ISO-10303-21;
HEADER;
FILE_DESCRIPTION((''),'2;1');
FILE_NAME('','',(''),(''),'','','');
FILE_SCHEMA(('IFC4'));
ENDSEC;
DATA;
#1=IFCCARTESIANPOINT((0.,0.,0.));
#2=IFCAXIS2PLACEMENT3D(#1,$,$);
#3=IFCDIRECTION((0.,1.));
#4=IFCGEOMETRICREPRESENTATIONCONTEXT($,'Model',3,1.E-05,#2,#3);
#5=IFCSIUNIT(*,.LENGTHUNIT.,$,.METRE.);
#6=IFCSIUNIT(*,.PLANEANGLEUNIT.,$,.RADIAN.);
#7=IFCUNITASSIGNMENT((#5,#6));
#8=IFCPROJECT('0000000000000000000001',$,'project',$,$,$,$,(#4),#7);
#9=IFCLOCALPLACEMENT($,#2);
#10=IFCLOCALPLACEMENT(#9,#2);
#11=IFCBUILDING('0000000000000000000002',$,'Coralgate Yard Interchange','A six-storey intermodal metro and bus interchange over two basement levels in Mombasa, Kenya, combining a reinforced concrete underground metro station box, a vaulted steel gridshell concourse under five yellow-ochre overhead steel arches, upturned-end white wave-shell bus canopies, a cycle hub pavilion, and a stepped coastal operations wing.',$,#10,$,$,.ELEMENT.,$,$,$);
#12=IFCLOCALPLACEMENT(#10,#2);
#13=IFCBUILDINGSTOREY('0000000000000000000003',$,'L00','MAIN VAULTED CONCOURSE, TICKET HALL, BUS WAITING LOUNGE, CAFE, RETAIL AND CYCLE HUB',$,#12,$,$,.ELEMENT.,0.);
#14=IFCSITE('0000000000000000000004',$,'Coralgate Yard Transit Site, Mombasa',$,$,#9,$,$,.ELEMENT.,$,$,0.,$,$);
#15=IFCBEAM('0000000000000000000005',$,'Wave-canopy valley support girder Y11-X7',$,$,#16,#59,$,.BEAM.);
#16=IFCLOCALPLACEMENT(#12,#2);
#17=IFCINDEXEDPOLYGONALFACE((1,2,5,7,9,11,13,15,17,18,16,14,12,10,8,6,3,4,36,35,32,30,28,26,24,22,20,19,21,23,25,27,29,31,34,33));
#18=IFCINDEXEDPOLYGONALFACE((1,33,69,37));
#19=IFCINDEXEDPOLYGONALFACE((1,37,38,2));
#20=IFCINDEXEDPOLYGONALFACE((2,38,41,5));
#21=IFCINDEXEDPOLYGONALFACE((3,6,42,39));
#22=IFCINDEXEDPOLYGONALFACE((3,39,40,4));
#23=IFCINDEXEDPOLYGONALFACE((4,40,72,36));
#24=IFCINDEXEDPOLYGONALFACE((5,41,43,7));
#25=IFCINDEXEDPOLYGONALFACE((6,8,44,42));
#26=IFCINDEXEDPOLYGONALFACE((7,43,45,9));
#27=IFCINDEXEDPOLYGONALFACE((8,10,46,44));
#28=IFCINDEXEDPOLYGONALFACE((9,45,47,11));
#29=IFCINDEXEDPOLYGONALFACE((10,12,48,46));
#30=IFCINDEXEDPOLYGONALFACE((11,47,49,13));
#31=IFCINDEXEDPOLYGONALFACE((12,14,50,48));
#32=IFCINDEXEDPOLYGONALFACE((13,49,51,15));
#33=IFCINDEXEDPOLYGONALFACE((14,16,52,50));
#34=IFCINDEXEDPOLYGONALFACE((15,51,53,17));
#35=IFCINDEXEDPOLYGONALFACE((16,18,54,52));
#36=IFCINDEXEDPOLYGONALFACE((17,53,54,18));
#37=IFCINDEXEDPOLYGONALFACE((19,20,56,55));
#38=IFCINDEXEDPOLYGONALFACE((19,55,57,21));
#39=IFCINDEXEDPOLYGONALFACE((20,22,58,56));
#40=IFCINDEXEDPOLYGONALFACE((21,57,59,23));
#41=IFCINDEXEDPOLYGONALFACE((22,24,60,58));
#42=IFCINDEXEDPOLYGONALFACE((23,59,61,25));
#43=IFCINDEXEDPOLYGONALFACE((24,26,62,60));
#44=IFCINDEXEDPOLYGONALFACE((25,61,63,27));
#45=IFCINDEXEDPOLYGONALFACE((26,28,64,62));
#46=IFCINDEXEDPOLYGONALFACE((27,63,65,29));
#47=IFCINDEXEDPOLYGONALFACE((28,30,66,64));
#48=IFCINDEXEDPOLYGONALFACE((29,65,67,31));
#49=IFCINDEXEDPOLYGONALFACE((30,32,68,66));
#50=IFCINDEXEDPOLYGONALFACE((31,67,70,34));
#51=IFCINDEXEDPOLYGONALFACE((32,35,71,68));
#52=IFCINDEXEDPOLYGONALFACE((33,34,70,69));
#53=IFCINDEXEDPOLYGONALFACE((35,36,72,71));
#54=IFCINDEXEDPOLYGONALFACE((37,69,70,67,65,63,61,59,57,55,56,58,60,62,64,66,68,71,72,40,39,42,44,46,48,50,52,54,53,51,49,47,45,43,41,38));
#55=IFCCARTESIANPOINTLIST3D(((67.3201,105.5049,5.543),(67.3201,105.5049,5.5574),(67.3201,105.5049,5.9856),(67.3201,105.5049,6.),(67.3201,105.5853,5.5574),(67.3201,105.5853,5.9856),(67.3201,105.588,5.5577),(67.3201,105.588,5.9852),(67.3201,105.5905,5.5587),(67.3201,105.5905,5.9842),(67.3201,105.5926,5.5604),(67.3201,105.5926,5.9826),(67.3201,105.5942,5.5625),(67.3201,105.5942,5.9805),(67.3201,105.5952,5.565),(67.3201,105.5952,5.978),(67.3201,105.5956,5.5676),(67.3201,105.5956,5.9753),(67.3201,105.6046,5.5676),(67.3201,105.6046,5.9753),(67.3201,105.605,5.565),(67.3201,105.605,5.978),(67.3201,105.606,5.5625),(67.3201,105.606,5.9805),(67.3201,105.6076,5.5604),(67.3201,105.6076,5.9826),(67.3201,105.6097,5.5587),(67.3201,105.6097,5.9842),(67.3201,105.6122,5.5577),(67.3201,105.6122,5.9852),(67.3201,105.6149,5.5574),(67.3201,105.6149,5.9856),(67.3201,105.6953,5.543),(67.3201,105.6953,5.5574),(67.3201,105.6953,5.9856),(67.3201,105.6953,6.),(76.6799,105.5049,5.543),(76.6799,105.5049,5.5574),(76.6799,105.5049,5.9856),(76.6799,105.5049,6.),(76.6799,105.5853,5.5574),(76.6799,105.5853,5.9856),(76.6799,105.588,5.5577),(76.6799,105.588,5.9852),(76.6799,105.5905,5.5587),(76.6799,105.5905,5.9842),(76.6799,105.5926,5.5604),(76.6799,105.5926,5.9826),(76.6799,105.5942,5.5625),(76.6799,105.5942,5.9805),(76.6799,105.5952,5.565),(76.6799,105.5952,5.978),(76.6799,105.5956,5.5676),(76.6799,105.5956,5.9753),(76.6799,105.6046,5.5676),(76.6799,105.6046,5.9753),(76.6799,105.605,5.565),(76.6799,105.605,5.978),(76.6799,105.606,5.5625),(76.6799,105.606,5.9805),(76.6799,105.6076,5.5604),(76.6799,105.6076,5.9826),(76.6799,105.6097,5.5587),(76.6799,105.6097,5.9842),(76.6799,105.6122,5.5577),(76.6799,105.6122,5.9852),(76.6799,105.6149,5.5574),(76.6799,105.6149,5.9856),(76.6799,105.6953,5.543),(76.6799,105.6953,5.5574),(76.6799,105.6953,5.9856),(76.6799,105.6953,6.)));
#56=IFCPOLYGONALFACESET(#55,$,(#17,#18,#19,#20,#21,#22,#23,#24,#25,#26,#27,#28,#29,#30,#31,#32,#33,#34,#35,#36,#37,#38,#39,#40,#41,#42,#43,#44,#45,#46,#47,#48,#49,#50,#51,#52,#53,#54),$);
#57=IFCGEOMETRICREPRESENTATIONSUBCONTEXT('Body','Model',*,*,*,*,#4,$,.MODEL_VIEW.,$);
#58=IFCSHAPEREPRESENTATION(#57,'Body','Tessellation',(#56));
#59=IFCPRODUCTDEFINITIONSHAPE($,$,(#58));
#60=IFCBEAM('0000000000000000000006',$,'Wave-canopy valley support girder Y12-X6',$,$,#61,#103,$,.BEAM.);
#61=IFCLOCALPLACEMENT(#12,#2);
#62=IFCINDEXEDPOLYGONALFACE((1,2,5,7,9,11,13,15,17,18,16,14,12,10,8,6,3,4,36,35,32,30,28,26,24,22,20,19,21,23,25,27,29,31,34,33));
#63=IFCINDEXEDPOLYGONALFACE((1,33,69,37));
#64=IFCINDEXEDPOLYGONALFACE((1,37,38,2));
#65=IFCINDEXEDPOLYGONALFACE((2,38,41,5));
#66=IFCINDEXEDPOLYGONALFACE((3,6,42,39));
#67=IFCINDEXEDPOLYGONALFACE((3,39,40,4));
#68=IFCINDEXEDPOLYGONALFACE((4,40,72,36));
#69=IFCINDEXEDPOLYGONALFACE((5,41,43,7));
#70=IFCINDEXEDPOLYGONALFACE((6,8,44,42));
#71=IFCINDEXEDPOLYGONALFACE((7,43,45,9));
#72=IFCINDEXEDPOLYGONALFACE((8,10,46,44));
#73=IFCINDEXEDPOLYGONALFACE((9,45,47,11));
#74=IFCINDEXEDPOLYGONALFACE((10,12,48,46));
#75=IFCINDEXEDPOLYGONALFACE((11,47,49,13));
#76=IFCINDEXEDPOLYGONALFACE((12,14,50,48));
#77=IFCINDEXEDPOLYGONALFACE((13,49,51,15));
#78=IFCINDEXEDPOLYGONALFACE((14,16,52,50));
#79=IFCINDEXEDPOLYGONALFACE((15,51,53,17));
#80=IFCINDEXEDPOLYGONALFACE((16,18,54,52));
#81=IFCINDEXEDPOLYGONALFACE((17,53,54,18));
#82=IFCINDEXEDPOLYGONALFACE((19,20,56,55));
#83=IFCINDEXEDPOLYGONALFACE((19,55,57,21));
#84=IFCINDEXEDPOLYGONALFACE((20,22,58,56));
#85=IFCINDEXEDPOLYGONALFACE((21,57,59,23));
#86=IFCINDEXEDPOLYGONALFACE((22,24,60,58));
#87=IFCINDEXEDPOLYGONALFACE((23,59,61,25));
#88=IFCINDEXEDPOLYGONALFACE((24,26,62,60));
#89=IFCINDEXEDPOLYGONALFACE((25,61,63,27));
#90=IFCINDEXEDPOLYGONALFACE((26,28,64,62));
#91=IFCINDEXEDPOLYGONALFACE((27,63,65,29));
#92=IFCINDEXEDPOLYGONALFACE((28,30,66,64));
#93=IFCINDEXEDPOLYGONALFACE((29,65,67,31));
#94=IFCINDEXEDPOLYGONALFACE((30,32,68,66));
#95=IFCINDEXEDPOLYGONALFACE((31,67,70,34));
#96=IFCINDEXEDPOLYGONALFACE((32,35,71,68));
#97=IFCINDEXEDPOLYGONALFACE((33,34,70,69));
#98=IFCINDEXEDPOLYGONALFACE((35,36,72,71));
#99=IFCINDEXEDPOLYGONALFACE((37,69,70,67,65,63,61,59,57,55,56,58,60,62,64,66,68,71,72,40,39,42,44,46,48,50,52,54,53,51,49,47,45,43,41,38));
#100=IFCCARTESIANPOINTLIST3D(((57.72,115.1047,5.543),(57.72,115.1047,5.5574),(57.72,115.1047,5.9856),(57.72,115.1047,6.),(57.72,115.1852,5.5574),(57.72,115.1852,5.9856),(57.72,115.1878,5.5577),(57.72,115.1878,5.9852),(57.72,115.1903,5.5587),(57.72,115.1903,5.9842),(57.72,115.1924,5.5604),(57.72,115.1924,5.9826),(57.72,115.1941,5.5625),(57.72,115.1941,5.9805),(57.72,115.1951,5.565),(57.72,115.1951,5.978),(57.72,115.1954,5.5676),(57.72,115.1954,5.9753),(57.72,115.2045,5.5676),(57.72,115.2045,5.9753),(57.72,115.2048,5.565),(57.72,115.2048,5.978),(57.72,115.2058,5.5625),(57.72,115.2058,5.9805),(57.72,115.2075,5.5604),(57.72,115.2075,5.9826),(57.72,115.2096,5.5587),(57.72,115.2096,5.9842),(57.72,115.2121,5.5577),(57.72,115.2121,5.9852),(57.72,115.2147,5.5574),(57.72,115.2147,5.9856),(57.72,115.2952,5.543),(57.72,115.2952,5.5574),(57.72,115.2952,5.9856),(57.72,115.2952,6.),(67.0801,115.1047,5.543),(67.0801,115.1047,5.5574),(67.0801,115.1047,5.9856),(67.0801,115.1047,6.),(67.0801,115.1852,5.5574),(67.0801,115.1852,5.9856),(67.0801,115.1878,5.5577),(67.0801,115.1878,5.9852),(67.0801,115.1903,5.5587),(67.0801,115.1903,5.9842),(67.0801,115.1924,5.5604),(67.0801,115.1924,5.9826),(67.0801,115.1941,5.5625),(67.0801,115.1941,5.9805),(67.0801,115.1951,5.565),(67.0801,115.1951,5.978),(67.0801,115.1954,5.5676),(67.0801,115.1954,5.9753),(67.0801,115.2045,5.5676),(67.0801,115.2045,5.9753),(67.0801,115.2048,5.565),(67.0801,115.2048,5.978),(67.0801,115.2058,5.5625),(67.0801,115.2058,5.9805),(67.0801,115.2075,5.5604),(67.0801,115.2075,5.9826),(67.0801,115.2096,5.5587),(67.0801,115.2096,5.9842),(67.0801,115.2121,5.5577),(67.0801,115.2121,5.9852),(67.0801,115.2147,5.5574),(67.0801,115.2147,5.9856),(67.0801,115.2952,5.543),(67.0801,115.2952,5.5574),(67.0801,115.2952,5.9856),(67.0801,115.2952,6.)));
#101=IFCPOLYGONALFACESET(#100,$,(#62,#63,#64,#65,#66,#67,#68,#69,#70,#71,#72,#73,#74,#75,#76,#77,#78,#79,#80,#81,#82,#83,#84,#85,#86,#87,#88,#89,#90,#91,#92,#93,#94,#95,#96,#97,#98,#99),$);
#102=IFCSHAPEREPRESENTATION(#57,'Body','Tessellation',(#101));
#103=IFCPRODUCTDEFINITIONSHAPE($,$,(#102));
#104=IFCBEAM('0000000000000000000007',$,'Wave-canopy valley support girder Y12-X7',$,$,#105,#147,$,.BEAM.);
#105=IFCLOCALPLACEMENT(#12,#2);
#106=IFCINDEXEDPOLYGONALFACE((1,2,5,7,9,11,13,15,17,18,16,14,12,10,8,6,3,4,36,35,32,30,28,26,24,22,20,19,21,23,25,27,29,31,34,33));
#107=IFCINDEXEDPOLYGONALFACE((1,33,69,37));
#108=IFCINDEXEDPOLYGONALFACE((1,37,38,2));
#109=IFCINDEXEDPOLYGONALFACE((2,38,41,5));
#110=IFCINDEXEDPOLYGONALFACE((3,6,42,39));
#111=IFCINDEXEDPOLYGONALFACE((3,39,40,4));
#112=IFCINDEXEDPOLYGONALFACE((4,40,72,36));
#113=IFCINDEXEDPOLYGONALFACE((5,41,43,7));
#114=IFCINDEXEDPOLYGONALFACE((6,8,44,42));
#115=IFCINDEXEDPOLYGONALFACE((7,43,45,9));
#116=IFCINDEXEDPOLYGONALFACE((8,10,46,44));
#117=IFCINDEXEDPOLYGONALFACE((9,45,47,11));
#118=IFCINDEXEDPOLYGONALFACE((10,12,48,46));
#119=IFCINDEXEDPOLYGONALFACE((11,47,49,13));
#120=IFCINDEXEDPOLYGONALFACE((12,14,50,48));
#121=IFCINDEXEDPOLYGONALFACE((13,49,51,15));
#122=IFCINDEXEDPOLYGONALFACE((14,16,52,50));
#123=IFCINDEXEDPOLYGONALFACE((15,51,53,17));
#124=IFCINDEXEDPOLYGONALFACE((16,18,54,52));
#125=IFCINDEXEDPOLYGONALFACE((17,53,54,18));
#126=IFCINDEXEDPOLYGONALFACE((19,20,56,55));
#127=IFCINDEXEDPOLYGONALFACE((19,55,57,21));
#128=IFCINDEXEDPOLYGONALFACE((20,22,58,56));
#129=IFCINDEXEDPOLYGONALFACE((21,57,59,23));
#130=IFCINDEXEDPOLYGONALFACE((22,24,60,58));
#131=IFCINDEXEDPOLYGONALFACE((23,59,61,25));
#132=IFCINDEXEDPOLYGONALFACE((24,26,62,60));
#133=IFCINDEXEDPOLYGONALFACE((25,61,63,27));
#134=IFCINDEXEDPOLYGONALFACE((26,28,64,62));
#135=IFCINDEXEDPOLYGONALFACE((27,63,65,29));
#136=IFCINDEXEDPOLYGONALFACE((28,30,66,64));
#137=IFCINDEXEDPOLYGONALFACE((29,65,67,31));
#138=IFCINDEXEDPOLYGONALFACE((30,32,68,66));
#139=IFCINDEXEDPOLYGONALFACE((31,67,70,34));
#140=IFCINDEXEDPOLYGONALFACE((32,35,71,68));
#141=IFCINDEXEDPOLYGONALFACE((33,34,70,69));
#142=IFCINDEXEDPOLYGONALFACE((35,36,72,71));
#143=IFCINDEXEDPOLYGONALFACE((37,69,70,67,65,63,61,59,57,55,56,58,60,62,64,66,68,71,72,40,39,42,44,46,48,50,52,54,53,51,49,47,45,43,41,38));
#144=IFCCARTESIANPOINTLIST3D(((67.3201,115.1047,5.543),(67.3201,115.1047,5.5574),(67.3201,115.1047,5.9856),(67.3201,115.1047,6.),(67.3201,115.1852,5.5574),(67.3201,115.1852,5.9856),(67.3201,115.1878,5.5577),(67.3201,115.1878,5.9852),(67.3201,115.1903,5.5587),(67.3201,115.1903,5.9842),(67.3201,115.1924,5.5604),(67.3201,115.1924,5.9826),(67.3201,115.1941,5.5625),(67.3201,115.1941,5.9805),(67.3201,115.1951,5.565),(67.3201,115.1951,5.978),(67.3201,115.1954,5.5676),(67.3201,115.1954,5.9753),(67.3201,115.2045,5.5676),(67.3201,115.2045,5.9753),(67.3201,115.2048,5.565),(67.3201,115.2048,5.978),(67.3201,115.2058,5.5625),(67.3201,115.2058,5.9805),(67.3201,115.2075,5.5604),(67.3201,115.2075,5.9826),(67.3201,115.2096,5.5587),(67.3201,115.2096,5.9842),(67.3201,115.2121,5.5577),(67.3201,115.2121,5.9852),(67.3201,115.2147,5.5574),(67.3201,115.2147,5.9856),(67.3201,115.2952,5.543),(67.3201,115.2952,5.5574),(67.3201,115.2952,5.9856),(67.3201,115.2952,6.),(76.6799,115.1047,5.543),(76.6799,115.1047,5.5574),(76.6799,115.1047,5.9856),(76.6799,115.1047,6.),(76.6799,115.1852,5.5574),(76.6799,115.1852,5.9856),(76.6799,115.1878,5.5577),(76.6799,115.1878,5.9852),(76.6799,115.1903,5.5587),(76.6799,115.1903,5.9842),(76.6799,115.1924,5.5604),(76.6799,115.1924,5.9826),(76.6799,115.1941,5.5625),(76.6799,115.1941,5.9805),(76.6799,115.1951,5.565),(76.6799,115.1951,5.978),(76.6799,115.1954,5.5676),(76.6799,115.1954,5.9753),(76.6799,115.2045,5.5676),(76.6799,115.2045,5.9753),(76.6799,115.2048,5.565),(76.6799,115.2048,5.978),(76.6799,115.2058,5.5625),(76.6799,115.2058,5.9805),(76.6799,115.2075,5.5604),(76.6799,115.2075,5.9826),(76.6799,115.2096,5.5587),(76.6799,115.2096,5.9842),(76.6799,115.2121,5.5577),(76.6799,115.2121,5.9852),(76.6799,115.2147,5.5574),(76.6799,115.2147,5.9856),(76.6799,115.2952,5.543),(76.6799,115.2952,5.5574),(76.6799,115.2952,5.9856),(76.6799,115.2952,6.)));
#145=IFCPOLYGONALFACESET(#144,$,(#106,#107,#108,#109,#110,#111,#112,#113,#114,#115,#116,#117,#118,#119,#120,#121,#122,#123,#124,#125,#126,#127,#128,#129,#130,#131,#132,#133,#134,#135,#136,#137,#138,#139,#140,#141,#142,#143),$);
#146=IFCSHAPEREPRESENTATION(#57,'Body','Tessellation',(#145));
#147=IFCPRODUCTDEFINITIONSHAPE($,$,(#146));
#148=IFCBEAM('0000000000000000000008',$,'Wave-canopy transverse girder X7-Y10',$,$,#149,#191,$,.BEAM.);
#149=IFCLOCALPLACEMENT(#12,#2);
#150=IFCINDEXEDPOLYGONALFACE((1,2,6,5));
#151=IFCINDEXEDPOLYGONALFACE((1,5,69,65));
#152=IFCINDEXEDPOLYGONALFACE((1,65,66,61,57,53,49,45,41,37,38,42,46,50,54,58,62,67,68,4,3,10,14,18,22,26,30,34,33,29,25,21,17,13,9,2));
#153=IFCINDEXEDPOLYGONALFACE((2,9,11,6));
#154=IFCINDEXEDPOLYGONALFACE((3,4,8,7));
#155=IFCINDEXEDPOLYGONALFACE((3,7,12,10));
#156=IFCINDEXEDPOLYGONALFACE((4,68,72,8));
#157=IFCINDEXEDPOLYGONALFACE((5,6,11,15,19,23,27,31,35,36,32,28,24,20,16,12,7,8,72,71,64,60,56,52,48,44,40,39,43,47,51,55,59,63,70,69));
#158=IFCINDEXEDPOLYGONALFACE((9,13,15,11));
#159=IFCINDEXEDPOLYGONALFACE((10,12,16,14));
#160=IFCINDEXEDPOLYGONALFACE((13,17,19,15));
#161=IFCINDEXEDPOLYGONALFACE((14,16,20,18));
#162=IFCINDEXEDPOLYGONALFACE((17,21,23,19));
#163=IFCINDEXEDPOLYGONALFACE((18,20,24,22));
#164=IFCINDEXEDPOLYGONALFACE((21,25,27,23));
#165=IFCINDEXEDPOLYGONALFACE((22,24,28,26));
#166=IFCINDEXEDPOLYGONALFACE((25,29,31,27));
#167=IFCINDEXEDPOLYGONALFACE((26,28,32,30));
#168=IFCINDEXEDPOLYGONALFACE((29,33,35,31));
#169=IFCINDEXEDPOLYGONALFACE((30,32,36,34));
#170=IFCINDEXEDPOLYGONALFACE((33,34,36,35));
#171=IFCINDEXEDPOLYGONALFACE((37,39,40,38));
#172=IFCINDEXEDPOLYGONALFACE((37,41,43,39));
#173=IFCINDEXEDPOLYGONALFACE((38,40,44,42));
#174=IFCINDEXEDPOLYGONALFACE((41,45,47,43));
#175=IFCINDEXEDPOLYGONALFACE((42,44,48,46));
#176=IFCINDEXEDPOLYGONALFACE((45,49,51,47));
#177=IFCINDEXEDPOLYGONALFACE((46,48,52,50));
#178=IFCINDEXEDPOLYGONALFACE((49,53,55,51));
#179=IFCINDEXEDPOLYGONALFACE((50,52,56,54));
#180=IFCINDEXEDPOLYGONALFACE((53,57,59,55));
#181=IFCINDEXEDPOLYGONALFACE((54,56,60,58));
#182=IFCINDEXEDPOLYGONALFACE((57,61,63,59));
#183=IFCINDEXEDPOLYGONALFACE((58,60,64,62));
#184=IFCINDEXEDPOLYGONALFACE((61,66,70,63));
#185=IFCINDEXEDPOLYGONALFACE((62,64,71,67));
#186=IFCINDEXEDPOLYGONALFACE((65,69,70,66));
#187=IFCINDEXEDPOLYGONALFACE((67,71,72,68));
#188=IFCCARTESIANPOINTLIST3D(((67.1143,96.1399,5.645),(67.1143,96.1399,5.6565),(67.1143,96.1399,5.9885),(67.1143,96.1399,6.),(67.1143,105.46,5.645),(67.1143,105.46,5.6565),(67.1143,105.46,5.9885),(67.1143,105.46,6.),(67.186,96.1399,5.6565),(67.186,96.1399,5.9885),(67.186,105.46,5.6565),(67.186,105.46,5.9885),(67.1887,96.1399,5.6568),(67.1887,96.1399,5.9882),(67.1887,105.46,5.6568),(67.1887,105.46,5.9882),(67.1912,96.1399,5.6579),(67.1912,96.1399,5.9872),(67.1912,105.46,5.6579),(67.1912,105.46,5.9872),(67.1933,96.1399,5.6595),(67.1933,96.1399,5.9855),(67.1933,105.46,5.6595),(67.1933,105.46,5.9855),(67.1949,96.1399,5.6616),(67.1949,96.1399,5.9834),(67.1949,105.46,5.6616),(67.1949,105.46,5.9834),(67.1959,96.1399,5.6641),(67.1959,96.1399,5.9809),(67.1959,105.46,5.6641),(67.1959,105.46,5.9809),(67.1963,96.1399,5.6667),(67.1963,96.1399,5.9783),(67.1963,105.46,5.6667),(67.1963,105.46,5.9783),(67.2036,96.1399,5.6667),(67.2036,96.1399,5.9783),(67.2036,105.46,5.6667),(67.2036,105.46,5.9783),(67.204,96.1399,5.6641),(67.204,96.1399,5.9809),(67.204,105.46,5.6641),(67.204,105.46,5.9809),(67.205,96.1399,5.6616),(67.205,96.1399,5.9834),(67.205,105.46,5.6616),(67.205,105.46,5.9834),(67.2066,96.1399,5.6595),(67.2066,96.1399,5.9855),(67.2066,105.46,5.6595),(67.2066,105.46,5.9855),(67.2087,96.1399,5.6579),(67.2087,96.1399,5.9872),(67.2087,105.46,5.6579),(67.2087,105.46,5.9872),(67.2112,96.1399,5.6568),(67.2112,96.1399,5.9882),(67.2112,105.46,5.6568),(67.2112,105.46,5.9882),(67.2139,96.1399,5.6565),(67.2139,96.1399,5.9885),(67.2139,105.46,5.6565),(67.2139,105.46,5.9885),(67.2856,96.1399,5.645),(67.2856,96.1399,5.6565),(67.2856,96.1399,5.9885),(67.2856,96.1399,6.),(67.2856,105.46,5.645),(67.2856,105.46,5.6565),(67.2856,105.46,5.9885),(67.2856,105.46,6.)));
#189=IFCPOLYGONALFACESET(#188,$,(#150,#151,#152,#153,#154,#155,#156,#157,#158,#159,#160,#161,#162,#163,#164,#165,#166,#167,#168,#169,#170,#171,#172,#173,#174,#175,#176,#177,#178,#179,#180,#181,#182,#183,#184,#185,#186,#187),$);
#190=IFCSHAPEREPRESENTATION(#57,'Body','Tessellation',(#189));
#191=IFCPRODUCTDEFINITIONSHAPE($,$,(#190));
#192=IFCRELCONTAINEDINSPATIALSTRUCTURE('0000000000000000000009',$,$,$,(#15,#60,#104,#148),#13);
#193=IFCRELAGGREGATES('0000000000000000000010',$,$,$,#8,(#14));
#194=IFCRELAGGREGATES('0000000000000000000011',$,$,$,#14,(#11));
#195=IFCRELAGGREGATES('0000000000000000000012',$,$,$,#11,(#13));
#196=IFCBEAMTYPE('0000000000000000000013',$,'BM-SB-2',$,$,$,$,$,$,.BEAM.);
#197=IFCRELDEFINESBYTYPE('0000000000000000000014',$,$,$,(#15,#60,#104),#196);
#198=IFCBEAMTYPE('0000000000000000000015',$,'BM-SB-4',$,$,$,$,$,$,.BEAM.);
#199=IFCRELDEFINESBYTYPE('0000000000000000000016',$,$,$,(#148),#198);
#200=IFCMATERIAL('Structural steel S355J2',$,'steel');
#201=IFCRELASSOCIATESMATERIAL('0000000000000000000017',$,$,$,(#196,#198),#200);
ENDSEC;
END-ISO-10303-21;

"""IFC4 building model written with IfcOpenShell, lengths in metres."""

from ifc_helpers import new_model, si_unit, direction, frame, origin, origin_2d, place, context, subcontext, project, spatial, i_section, extrude, material, material_profile, profile_set, type_object, element, save


model = new_model("IFC4")

# Units and contexts
model_context = context("Model", 3, precision=1e-05, world=origin(), true_north=direction((0.0, 1.0)))
body_context = subcontext(model_context, "Body", "Model", "MODEL_VIEW")
ifc_project = project(units=[si_unit("LENGTHUNIT", "METRE"), si_unit("PLANEANGLEUNIT", "RADIAN")], contexts=[model_context])

# Site, building, storey
site_placement = place(None, origin())
site = spatial("IfcSite", under=ifc_project, at=site_placement, Name="Coralgate Yard Transit Site, Mombasa", CompositionType="ELEMENT", RefElevation=0.0)
building_placement = place(site_placement, origin())
building = spatial("IfcBuilding", under=site, at=building_placement, Name="Coralgate Yard Interchange", Description="A six-storey intermodal metro and bus interchange over two basement levels in Mombasa, Kenya, combining a reinforced concrete underground metro station box, a vaulted steel gridshell concourse under five yellow-ochre overhead steel arches, upturned-end white wave-shell bus canopies, a cycle hub pavilion, and a stepped coastal operations wing.", CompositionType="ELEMENT")
storey_placement = place(building_placement, origin())
storey = spatial("IfcBuildingStorey", under=building, at=storey_placement, Name="L00", Description="MAIN VAULTED CONCOURSE, TICKET HALL, BUS WAITING LOUNGE, CAFE, RETAIL AND CYCLE HUB", CompositionType="ELEMENT", Elevation=0.0)

# Shared definitions
ifc_material_1 = material(Name="Structural steel S355J2", Category="steel")

# Beams
ifc_material_profile_1 = material_profile(ifc_material_1, i_section(OverallWidth=0.1904, OverallDepth=0.457, WebThickness=0.009, FlangeThickness=0.0144, FilletRadius=0.0103, at=origin_2d()), Name="UB 457x191x74")
ifc_profile_set_1 = profile_set([ifc_material_profile_1], Name="Structural steel S355J2")
beam_type_1 = type_object("IfcBeamType", Name="BM-SB-2", PredefinedType="BEAM", material=ifc_profile_set_1)
beam_1_placement = place(storey_placement, frame((67.3201, 105.6001, 5.7715), z_axis=(1.0, 0.0, 0.0), x_axis=(0.0, 1.0, 0.0)))
element("IfcBeam", 1, at=beam_1_placement, inside=storey, type_object=beam_type_1, Name="Wave-canopy valley support girder Y11-X7", PredefinedType="BEAM", context=body_context, shape_type="SweptSolid", body=[
    extrude(i_section(OverallWidth=0.1904, OverallDepth=0.457, WebThickness=0.009, FlangeThickness=0.0144, FilletRadius=0.0103, at=origin_2d()), origin(), (0.0, 0.0, 1.0), 9.3599),
])
beam_2_placement = place(storey_placement, frame((57.72, 115.2, 5.7715), z_axis=(1.0, 0.0, 0.0), x_axis=(0.0, 1.0, 0.0)))
element("IfcBeam", 2, at=beam_2_placement, inside=storey, type_object=beam_type_1, Name="Wave-canopy valley support girder Y12-X6", PredefinedType="BEAM", context=body_context, shape_type="SweptSolid", body=[
    extrude(i_section(OverallWidth=0.1904, OverallDepth=0.457, WebThickness=0.009, FlangeThickness=0.0144, FilletRadius=0.0103, at=origin_2d()), origin(), (0.0, 0.0, 1.0), 9.3601),
])
beam_3_placement = place(storey_placement, frame((67.3201, 115.2, 5.7715), z_axis=(1.0, 0.0, 0.0), x_axis=(0.0, 1.0, 0.0)))
element("IfcBeam", 3, at=beam_3_placement, inside=storey, type_object=beam_type_1, Name="Wave-canopy valley support girder Y12-X7", PredefinedType="BEAM", context=body_context, shape_type="SweptSolid", body=[
    extrude(i_section(OverallWidth=0.1904, OverallDepth=0.457, WebThickness=0.009, FlangeThickness=0.0144, FilletRadius=0.0103, at=origin_2d()), origin(), (0.0, 0.0, 1.0), 9.3599),
])
ifc_material_profile_2 = material_profile(ifc_material_1, i_section(OverallWidth=0.1714, OverallDepth=0.355, WebThickness=0.0073, FlangeThickness=0.0115, FilletRadius=0.0103, at=origin_2d()), Name="UB 356x171x51")
ifc_profile_set_2 = profile_set([ifc_material_profile_2], Name="Structural steel S355J2")
beam_type_2 = type_object("IfcBeamType", Name="BM-SB-4", PredefinedType="BEAM", material=ifc_profile_set_2)
for number, where, z_axis, x_axis, name in (
    (4, (67.2, 96.1399, 5.8225), (0.0, 1.0, 0.0), (-1.0, 0.0, 0.0), "Wave-canopy transverse girder X7-Y10"),
):
    element("IfcBeam", number, at=place(storey_placement, frame(where, z_axis=z_axis, x_axis=x_axis)), inside=storey, type_object=beam_type_2, Name=name, PredefinedType="BEAM", context=body_context, shape_type="SweptSolid", body=[
        extrude(i_section(OverallWidth=0.1714, OverallDepth=0.355, WebThickness=0.0073, FlangeThickness=0.0115, FilletRadius=0.0103, at=origin_2d()), origin(), (0.0, 0.0, 1.0), 9.3201),
    ])

save(model, "model.ifc")
